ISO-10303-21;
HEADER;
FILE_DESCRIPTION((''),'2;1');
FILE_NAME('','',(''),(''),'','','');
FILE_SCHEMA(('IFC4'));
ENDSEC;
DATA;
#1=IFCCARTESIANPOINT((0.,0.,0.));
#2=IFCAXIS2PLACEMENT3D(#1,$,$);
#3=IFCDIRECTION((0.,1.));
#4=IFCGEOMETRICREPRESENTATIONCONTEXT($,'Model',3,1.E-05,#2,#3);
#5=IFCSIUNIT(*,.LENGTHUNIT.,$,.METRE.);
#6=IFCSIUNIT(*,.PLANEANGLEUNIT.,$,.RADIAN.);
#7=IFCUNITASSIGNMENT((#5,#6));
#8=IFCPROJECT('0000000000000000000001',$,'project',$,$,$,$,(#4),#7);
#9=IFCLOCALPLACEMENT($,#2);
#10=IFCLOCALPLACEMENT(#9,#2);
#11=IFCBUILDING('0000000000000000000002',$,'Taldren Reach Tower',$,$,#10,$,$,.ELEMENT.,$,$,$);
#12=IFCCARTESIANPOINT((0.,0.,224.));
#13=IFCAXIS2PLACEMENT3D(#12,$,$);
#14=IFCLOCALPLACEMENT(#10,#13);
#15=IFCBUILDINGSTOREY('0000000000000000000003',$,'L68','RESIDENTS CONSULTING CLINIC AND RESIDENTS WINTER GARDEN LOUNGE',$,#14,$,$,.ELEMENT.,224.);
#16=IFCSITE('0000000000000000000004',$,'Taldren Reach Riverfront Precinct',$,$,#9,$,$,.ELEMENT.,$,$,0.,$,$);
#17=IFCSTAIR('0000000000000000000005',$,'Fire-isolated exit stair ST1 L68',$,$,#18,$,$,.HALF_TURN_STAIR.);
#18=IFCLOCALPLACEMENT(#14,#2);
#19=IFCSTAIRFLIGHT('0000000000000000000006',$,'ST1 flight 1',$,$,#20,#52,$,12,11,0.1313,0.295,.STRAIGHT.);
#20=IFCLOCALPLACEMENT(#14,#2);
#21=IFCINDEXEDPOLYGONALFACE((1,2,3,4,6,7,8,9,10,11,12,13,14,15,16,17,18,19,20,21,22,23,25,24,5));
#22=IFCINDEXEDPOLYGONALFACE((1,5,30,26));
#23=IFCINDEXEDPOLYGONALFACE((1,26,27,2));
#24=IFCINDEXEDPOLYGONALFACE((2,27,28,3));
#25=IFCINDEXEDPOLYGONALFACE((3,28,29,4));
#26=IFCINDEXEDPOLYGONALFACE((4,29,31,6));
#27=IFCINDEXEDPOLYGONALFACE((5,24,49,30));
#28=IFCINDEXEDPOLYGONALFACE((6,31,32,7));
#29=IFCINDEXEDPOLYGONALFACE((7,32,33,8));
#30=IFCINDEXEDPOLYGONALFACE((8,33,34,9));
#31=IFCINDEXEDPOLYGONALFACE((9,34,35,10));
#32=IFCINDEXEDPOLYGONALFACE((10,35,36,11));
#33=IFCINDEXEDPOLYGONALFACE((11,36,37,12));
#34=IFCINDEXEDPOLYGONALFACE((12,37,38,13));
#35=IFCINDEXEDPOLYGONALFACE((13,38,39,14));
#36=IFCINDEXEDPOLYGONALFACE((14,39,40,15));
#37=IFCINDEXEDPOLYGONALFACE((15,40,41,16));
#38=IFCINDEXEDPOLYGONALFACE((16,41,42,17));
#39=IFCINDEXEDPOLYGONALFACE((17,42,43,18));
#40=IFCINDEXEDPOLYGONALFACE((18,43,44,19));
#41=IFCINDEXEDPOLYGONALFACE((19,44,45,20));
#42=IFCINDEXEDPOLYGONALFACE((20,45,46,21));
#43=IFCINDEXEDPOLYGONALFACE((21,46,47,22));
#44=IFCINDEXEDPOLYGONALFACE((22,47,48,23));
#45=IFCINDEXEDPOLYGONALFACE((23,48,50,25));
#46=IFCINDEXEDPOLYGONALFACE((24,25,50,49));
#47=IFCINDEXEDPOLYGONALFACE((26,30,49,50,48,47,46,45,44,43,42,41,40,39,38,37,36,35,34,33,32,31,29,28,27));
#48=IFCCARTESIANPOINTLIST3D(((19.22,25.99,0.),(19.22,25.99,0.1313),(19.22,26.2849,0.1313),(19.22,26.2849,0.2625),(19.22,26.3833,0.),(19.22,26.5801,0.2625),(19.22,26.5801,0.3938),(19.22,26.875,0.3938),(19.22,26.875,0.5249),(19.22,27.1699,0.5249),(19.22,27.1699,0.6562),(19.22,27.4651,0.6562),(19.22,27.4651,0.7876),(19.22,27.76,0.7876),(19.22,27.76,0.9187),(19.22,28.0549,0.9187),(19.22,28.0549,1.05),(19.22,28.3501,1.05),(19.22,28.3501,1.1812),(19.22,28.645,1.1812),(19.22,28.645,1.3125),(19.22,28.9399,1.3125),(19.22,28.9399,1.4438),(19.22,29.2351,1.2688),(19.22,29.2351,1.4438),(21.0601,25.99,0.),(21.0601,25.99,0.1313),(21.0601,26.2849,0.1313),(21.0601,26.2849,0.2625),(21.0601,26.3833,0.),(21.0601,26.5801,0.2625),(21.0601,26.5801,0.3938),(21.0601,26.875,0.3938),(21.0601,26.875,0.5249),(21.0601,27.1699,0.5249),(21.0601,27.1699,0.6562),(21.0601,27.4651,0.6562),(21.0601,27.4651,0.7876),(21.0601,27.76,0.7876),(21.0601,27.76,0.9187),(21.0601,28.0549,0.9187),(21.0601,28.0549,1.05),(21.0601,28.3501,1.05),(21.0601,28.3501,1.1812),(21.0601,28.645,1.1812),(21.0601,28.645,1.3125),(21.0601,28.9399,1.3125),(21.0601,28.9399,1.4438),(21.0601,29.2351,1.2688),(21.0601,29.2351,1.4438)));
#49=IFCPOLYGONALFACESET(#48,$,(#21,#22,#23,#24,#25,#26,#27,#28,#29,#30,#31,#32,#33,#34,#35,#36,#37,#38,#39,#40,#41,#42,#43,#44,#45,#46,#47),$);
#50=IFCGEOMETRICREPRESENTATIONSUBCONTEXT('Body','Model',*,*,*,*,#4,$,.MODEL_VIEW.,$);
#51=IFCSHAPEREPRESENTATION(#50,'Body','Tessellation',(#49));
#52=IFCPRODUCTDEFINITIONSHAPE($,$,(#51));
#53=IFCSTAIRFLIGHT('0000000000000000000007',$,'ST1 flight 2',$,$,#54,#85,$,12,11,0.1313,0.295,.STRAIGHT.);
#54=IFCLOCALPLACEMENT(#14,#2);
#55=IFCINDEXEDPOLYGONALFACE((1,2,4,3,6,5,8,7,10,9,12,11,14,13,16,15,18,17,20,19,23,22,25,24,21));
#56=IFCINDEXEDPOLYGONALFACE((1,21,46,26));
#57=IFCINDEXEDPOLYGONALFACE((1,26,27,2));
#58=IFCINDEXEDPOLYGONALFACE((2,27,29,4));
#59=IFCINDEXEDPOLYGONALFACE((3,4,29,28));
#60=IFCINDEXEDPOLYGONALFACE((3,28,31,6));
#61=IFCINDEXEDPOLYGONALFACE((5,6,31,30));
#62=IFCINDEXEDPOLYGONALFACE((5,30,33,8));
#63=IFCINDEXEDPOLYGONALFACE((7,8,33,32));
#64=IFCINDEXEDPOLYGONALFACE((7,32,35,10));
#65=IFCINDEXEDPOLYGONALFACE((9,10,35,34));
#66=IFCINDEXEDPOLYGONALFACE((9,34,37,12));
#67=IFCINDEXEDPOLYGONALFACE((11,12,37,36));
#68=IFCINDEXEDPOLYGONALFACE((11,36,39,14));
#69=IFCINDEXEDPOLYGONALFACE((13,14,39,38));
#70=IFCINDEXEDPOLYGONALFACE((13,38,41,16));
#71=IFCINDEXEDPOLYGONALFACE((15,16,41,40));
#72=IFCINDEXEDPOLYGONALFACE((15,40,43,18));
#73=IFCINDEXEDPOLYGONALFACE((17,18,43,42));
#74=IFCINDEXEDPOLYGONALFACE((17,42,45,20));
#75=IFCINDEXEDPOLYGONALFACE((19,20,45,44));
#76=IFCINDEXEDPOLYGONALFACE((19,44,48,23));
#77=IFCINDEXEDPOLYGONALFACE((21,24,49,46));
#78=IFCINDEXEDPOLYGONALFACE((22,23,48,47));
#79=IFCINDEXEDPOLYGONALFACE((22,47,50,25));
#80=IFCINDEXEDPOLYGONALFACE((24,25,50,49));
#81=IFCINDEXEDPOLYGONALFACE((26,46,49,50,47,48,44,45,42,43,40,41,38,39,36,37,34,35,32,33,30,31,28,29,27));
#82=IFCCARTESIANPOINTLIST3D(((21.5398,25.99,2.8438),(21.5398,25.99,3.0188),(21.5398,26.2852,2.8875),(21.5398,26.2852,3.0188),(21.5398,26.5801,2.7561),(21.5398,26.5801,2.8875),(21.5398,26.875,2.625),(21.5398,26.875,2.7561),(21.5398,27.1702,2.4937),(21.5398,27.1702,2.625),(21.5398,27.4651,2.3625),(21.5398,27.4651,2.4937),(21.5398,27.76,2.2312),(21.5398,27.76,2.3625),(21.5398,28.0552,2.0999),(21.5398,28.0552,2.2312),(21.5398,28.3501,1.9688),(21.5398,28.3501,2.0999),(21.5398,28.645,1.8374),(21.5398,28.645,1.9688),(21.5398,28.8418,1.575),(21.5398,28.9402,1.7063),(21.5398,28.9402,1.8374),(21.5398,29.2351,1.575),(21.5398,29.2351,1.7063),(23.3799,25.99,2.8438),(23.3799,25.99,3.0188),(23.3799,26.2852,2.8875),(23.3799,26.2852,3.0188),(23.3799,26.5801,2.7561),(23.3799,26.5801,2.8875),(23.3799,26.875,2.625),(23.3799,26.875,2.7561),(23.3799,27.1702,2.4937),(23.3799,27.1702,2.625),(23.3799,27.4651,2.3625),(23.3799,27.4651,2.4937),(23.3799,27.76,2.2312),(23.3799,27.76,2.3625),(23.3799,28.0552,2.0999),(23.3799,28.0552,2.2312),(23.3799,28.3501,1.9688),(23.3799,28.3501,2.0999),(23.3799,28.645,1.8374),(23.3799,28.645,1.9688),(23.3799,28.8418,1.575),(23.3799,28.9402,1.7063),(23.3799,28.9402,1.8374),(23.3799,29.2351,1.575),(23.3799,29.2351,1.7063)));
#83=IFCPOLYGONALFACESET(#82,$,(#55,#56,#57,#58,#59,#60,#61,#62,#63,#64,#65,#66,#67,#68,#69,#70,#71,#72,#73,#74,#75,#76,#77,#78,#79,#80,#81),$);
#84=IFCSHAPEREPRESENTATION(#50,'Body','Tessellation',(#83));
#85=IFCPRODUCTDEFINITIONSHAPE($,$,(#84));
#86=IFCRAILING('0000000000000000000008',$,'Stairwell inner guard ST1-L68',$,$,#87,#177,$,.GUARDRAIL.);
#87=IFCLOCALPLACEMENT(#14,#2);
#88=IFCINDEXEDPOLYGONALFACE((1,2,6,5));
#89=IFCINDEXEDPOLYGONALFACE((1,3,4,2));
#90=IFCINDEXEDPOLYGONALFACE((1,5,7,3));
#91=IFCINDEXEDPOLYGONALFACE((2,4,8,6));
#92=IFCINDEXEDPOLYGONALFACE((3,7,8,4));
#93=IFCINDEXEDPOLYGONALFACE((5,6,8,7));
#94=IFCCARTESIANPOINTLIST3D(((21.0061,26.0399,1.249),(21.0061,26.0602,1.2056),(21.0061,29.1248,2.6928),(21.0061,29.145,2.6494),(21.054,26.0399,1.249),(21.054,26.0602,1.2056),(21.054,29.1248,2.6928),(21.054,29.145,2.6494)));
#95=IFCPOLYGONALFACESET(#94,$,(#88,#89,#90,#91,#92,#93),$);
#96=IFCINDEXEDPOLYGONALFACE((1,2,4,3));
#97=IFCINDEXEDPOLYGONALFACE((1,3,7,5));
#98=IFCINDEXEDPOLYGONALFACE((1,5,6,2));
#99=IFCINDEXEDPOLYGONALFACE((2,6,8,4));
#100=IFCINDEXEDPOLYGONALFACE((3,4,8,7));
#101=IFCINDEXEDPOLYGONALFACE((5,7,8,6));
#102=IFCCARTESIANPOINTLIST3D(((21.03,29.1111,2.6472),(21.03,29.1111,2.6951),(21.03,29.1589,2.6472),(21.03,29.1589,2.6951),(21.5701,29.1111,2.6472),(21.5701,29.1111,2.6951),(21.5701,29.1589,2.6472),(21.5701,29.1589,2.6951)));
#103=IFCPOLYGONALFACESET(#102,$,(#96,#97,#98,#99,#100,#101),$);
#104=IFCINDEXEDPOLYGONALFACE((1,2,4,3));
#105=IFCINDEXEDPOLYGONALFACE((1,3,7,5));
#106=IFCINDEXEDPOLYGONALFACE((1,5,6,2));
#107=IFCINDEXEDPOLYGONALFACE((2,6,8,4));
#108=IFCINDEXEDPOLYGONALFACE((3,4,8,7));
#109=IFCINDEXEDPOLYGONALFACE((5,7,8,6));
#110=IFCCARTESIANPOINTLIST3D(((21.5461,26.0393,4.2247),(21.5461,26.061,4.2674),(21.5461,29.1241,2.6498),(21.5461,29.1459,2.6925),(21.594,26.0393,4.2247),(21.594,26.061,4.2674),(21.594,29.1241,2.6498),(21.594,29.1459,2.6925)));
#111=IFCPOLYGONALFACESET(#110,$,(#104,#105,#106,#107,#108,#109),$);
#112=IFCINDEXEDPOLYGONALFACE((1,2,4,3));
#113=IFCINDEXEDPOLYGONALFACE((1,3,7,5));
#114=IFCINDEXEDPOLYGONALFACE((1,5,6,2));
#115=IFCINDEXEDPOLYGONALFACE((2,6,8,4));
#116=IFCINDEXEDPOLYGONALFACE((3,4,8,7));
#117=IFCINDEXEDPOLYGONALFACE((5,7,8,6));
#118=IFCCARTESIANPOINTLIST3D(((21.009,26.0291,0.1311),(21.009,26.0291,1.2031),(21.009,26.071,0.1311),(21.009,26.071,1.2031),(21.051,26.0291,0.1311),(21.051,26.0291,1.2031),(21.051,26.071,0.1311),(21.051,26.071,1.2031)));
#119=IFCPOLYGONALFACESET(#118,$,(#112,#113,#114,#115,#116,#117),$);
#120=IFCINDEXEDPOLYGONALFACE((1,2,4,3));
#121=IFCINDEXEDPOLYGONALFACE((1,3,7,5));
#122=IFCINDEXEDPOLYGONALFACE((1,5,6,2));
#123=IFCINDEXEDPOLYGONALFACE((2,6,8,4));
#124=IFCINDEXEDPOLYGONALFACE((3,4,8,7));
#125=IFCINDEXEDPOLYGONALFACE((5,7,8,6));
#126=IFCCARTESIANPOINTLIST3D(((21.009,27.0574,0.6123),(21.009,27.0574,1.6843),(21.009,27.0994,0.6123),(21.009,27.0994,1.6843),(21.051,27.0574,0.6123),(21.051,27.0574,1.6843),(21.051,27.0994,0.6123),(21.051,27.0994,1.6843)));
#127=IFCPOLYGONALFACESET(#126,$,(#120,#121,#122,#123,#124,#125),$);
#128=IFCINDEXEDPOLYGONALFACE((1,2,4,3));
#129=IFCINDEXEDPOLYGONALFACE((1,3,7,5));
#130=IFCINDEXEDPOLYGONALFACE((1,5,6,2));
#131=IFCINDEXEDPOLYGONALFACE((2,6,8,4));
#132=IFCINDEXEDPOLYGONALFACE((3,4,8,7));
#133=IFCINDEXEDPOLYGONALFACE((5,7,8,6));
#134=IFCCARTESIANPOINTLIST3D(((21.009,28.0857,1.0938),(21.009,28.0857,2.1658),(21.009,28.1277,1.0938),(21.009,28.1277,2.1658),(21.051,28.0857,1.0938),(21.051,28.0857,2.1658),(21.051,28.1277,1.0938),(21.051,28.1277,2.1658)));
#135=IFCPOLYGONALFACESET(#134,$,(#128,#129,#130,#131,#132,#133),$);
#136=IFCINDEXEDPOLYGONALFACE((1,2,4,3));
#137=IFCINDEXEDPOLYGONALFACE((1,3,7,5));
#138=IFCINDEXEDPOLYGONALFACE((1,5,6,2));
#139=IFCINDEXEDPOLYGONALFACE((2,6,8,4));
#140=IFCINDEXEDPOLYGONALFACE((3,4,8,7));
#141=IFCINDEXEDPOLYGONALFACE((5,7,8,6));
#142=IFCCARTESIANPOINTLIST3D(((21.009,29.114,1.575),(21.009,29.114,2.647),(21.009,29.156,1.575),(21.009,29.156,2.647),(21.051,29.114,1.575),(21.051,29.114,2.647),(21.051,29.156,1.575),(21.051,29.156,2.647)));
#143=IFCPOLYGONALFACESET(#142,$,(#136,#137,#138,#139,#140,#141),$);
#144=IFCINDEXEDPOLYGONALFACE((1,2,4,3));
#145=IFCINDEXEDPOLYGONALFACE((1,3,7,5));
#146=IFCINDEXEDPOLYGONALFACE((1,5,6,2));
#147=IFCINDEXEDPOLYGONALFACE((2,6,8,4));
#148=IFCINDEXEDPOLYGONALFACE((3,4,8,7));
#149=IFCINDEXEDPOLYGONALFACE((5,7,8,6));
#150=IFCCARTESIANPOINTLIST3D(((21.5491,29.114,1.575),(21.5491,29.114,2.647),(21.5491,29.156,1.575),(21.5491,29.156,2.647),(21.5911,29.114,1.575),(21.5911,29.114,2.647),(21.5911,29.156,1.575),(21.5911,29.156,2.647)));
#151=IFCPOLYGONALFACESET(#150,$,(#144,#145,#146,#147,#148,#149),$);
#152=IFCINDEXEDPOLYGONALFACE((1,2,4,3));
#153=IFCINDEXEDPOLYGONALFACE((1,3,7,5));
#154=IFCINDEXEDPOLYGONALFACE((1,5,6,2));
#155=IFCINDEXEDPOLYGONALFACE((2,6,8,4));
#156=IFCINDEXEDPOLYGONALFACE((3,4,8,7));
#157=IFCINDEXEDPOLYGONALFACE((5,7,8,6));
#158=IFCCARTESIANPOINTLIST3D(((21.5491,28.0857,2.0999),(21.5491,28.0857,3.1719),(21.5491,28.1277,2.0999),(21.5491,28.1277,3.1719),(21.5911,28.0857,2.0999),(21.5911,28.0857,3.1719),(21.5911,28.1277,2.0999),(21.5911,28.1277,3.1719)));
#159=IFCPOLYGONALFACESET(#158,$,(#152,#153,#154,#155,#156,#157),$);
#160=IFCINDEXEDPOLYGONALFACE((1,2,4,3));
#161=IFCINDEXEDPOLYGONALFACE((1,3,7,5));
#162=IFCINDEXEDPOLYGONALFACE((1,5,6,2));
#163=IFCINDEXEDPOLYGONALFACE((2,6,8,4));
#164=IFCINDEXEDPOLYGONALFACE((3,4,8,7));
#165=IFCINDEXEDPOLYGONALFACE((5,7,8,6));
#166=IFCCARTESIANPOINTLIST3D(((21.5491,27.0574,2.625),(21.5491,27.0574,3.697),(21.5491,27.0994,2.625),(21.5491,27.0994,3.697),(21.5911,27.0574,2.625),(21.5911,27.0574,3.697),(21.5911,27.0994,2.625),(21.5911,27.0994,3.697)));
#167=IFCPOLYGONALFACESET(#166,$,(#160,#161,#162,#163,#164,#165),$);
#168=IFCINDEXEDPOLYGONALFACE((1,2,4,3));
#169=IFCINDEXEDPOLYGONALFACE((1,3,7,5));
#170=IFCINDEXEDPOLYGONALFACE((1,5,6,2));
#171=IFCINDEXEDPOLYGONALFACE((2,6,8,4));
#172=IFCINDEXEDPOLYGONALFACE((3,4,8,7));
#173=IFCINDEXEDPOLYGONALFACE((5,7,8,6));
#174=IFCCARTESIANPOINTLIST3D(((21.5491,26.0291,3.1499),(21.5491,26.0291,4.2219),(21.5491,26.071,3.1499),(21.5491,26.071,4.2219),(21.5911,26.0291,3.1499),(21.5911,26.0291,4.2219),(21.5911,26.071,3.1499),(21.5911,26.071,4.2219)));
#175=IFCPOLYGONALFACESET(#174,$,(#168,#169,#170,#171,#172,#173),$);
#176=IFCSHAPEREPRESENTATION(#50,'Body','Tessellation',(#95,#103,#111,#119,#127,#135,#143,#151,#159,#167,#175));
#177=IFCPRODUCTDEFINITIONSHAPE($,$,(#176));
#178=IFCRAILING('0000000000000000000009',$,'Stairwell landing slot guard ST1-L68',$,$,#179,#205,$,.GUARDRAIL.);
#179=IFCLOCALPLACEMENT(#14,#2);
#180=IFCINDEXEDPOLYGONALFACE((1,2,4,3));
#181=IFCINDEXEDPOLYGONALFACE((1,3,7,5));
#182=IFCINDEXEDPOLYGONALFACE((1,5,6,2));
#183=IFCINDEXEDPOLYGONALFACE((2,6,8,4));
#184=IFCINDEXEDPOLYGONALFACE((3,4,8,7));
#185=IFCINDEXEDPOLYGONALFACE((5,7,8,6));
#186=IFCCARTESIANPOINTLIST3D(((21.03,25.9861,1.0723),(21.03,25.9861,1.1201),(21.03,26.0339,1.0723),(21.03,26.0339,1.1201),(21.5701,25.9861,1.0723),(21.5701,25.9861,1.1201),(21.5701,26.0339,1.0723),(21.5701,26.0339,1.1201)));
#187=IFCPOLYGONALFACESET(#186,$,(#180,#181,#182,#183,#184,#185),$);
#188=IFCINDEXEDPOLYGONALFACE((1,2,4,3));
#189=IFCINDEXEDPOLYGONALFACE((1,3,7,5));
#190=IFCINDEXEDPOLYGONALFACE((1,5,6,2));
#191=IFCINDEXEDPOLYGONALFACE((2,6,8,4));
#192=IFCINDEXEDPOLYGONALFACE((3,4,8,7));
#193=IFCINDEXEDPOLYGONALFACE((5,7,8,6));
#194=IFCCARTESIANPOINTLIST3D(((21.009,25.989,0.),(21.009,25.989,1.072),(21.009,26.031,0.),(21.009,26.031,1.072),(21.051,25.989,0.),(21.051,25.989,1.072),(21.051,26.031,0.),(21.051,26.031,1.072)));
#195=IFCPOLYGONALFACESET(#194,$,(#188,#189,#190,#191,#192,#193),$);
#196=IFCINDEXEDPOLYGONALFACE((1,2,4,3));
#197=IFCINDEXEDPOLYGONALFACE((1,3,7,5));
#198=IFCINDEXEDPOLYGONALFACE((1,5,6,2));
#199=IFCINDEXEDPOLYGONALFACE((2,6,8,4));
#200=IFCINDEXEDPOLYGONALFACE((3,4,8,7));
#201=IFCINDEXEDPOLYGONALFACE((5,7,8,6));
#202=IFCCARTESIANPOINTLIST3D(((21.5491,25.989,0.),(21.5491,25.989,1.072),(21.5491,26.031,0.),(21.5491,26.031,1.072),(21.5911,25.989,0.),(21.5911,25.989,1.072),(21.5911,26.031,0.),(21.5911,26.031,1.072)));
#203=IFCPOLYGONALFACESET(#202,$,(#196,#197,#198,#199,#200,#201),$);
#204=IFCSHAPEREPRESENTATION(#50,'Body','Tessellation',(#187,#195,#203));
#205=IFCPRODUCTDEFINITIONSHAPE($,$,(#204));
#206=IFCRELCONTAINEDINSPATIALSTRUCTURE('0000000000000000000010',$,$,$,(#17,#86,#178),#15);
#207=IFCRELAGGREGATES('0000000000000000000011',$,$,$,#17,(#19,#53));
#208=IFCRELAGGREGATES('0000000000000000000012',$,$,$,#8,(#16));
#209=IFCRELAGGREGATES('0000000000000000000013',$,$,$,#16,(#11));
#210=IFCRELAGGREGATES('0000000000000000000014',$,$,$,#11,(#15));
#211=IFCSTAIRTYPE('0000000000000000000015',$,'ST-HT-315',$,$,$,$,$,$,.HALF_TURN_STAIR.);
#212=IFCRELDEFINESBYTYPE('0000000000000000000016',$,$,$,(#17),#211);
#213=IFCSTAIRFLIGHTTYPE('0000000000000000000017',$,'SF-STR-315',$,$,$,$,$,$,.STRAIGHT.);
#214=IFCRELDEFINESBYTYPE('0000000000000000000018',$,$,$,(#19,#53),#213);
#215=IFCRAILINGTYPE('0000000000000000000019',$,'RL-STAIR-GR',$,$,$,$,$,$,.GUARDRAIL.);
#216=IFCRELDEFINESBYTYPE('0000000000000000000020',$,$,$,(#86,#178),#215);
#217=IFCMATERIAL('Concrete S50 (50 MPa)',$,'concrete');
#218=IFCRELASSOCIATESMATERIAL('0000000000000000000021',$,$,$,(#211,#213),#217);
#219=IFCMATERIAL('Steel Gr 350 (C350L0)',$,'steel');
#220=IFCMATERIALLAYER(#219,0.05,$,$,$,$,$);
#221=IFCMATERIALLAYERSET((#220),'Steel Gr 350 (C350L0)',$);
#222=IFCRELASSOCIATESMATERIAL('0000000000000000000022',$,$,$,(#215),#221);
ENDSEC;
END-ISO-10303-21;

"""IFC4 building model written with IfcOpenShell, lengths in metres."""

from ifc_helpers import new_model, si_unit, direction, frame, origin, origin_2d, place, context, subcontext, project, spatial, polyline, rectangle, outline, extrude, material, layer, layer_set, type_object, element, aggregate, save


model = new_model("IFC4")

# Units and contexts
model_context = context("Model", 3, precision=1e-05, world=origin(), true_north=direction((0.0, 1.0)))
body_context = subcontext(model_context, "Body", "Model", "MODEL_VIEW")
ifc_project = project(units=[si_unit("LENGTHUNIT", "METRE"), si_unit("PLANEANGLEUNIT", "RADIAN")], contexts=[model_context])

# Site, building, storey
site_placement = place(None, origin())
site = spatial("IfcSite", under=ifc_project, at=site_placement, Name="Taldren Reach Riverfront Precinct", CompositionType="ELEMENT", RefElevation=0.0)
building_placement = place(site_placement, origin())
building = spatial("IfcBuilding", under=site, at=building_placement, Name="Taldren Reach Tower", CompositionType="ELEMENT")
storey_placement = place(building_placement, frame((0.0, 0.0, 224.0)))
storey = spatial("IfcBuildingStorey", under=building, at=storey_placement, Name="L68", Description="RESIDENTS CONSULTING CLINIC AND RESIDENTS WINTER GARDEN LOUNGE", CompositionType="ELEMENT", Elevation=224.0)

# Shared definitions
ifc_material_1 = material(Name="Steel Gr 350 (C350L0)", Category="steel")

# Shared definitions
ifc_material_2 = material(Name="Concrete S50 (50 MPa)", Category="concrete")

# Stair, stair flights
stair_type = type_object("IfcStairType", Name="ST-HT-315", PredefinedType="HALF_TURN_STAIR", material=ifc_material_2)
stair_placement = place(storey_placement, origin())
stair = element("IfcStair", 1, at=stair_placement, inside=storey, type_object=stair_type, Name="Fire-isolated exit stair ST1 L68", PredefinedType="HALF_TURN_STAIR")
stair_flight_type = type_object("IfcStairFlightType", Name="SF-STR-315", PredefinedType="STRAIGHT", material=ifc_material_2)
stair_flight_1_placement = place(storey_placement, frame((20.1399, 25.99, 0.0), z_axis=(0.0, 0.0, 1.0), x_axis=(0.0, 1.0, 0.0)))
stair_flight_1 = element("IfcStairFlight", 2, at=stair_flight_1_placement, type_object=stair_flight_type, Name="ST1 flight 1", NumberOfRisers=12, NumberOfTreads=11, PredefinedType="STRAIGHT", RiserHeight=0.1313, TreadLength=0.295, context=body_context, shape_type="SweptSolid", body=[
    extrude(outline(polyline([(0.0, 0.0), (0.0, 0.1313), (0.2949, 0.1313), (0.2949, 0.2625), (0.5901, 0.2625), (0.5901, 0.3938), (0.885, 0.3938), (0.885, 0.5249), (1.1799, 0.5249), (1.1799, 0.6562), (1.4751, 0.6562), (1.4751, 0.7876), (1.77, 0.7876), (1.77, 0.9187), (2.0649, 0.9187), (2.0649, 1.05), (2.3601, 1.05), (2.3601, 1.1812), (2.655, 1.1812), (2.655, 1.3125), (2.95, 1.3125), (2.95, 1.4438), (3.2451, 1.4438), (3.2451, 1.575), (3.2451, 1.2688), (0.3933, 0.0), (0.0, 0.0)])), frame((0.0, 0.9199, 0.0), z_axis=(0.0, -1.0, 0.0), x_axis=(1.0, 0.0, 0.0)), (0.0, 0.0, 1.0), 1.8401),
])
stair_flight_2_placement = place(storey_placement, frame((22.46, 29.2351, 1.575), z_axis=(0.0, 0.0, 1.0), x_axis=(0.0, -1.0, 0.0)))
stair_flight_2 = element("IfcStairFlight", 3, at=stair_flight_2_placement, type_object=stair_flight_type, Name="ST1 flight 2", NumberOfRisers=12, NumberOfTreads=11, PredefinedType="STRAIGHT", RiserHeight=0.1313, TreadLength=0.295, context=body_context, shape_type="SweptSolid", body=[
    extrude(outline(polyline([(0.0, 0.0), (0.0, 0.1313), (0.2949, 0.1313), (0.2949, 0.2625), (0.5901, 0.2625), (0.5901, 0.3938), (0.885, 0.3938), (0.885, 0.5249), (1.1799, 0.5249), (1.1799, 0.6562), (1.4751, 0.6562), (1.4751, 0.7876), (1.77, 0.7876), (1.77, 0.9187), (2.0649, 0.9187), (2.0649, 1.05), (2.3601, 1.05), (2.3601, 1.1812), (2.655, 1.1812), (2.655, 1.3125), (2.95, 1.3125), (2.95, 1.4438), (3.2451, 1.4438), (3.2451, 1.575), (3.2451, 1.2688), (0.3933, 0.0), (0.0, 0.0)])), frame((0.0, 0.9199, 0.0), z_axis=(0.0, -1.0, 0.0), x_axis=(1.0, 0.0, 0.0)), (0.0, 0.0, 1.0), 1.8401),
])
aggregate(stair, [stair_flight_1, stair_flight_2])

# Railings
ifc_layer_1 = layer(ifc_material_1, 0.05)
ifc_layer_set_1 = layer_set([ifc_layer_1], Name="Steel Gr 350 (C350L0)")
railing_type_1 = type_object("IfcRailingType", Name="RL-STAIR-GR", PredefinedType="GUARDRAIL", material=ifc_layer_set_1)
railing_1_placement = place(storey_placement, frame((21.03, 26.05, 0.1311)))
element("IfcRailing", 4, at=railing_1_placement, inside=storey, type_object=railing_type_1, Name="Stairwell inner guard ST1-L68", PredefinedType="GUARDRAIL", context=body_context, shape_type="SweptSolid", body=[
    extrude(rectangle(XDim=0.0479, YDim=0.0479, at=origin_2d()), frame((0.0, 0.0, 1.0962), z_axis=(0.0, 0.90571, 0.423898), x_axis=(-1.0, 0.0, 0.0)), (0.0, 0.0, 1.0), 3.406),
    extrude(rectangle(XDim=0.0479, YDim=0.0479, at=origin_2d()), frame((0.0, 3.085, 2.54), z_axis=(1.0, 0.0, 0.0), x_axis=(0.0, 1.0, 0.0)), (0.0, 0.0, 1.0), 0.54),
    extrude(rectangle(XDim=0.0479, YDim=0.0479, at=origin_2d()), frame((0.54, 3.085, 2.54), z_axis=(0.0, -0.890646, 0.454697), x_axis=(1.0, 0.0, 0.0)), (0.0, 0.0, 1.0), 3.4636),
    extrude(rectangle(XDim=0.042, YDim=0.042, at=origin_2d()), origin(), (0.0, 0.0, 1.0), 1.072),
    extrude(rectangle(XDim=0.042, YDim=0.042, at=origin_2d()), frame((0.0, 1.0283, 0.4812)), (0.0, 0.0, 1.0), 1.072),
    extrude(rectangle(XDim=0.042, YDim=0.042, at=origin_2d()), frame((0.0, 2.0566, 0.9626)), (0.0, 0.0, 1.0), 1.072),
    extrude(rectangle(XDim=0.042, YDim=0.042, at=origin_2d()), frame((0.0, 3.085, 1.4438)), (0.0, 0.0, 1.0), 1.072),
    extrude(rectangle(XDim=0.042, YDim=0.042, at=origin_2d()), frame((0.54, 3.085, 1.4438)), (0.0, 0.0, 1.0), 1.072),
    extrude(rectangle(XDim=0.042, YDim=0.042, at=origin_2d()), frame((0.54, 2.0566, 1.9688)), (0.0, 0.0, 1.0), 1.072),
    extrude(rectangle(XDim=0.042, YDim=0.042, at=origin_2d()), frame((0.54, 1.0283, 2.4939)), (0.0, 0.0, 1.0), 1.072),
    extrude(rectangle(XDim=0.042, YDim=0.042, at=origin_2d()), frame((0.54, 0.0, 3.0188)), (0.0, 0.0, 1.0), 1.072),
])
railing_2_placement = place(storey_placement, frame((21.03, 26.01, 0.0)))
element("IfcRailing", 5, at=railing_2_placement, inside=storey, type_object=railing_type_1, Name="Stairwell landing slot guard ST1-L68", PredefinedType="GUARDRAIL", context=body_context, shape_type="SweptSolid", body=[
    extrude(rectangle(XDim=0.0479, YDim=0.0479, at=origin_2d()), frame((0.0, 0.0, 1.0962), z_axis=(1.0, 0.0, 0.0), x_axis=(0.0, 1.0, 0.0)), (0.0, 0.0, 1.0), 0.54),
    extrude(rectangle(XDim=0.042, YDim=0.042, at=origin_2d()), origin(), (0.0, 0.0, 1.0), 1.072),
    extrude(rectangle(XDim=0.042, YDim=0.042, at=origin_2d()), frame((0.54, 0.0, 0.0)), (0.0, 0.0, 1.0), 1.072),
])

save(model, "model.ifc")
